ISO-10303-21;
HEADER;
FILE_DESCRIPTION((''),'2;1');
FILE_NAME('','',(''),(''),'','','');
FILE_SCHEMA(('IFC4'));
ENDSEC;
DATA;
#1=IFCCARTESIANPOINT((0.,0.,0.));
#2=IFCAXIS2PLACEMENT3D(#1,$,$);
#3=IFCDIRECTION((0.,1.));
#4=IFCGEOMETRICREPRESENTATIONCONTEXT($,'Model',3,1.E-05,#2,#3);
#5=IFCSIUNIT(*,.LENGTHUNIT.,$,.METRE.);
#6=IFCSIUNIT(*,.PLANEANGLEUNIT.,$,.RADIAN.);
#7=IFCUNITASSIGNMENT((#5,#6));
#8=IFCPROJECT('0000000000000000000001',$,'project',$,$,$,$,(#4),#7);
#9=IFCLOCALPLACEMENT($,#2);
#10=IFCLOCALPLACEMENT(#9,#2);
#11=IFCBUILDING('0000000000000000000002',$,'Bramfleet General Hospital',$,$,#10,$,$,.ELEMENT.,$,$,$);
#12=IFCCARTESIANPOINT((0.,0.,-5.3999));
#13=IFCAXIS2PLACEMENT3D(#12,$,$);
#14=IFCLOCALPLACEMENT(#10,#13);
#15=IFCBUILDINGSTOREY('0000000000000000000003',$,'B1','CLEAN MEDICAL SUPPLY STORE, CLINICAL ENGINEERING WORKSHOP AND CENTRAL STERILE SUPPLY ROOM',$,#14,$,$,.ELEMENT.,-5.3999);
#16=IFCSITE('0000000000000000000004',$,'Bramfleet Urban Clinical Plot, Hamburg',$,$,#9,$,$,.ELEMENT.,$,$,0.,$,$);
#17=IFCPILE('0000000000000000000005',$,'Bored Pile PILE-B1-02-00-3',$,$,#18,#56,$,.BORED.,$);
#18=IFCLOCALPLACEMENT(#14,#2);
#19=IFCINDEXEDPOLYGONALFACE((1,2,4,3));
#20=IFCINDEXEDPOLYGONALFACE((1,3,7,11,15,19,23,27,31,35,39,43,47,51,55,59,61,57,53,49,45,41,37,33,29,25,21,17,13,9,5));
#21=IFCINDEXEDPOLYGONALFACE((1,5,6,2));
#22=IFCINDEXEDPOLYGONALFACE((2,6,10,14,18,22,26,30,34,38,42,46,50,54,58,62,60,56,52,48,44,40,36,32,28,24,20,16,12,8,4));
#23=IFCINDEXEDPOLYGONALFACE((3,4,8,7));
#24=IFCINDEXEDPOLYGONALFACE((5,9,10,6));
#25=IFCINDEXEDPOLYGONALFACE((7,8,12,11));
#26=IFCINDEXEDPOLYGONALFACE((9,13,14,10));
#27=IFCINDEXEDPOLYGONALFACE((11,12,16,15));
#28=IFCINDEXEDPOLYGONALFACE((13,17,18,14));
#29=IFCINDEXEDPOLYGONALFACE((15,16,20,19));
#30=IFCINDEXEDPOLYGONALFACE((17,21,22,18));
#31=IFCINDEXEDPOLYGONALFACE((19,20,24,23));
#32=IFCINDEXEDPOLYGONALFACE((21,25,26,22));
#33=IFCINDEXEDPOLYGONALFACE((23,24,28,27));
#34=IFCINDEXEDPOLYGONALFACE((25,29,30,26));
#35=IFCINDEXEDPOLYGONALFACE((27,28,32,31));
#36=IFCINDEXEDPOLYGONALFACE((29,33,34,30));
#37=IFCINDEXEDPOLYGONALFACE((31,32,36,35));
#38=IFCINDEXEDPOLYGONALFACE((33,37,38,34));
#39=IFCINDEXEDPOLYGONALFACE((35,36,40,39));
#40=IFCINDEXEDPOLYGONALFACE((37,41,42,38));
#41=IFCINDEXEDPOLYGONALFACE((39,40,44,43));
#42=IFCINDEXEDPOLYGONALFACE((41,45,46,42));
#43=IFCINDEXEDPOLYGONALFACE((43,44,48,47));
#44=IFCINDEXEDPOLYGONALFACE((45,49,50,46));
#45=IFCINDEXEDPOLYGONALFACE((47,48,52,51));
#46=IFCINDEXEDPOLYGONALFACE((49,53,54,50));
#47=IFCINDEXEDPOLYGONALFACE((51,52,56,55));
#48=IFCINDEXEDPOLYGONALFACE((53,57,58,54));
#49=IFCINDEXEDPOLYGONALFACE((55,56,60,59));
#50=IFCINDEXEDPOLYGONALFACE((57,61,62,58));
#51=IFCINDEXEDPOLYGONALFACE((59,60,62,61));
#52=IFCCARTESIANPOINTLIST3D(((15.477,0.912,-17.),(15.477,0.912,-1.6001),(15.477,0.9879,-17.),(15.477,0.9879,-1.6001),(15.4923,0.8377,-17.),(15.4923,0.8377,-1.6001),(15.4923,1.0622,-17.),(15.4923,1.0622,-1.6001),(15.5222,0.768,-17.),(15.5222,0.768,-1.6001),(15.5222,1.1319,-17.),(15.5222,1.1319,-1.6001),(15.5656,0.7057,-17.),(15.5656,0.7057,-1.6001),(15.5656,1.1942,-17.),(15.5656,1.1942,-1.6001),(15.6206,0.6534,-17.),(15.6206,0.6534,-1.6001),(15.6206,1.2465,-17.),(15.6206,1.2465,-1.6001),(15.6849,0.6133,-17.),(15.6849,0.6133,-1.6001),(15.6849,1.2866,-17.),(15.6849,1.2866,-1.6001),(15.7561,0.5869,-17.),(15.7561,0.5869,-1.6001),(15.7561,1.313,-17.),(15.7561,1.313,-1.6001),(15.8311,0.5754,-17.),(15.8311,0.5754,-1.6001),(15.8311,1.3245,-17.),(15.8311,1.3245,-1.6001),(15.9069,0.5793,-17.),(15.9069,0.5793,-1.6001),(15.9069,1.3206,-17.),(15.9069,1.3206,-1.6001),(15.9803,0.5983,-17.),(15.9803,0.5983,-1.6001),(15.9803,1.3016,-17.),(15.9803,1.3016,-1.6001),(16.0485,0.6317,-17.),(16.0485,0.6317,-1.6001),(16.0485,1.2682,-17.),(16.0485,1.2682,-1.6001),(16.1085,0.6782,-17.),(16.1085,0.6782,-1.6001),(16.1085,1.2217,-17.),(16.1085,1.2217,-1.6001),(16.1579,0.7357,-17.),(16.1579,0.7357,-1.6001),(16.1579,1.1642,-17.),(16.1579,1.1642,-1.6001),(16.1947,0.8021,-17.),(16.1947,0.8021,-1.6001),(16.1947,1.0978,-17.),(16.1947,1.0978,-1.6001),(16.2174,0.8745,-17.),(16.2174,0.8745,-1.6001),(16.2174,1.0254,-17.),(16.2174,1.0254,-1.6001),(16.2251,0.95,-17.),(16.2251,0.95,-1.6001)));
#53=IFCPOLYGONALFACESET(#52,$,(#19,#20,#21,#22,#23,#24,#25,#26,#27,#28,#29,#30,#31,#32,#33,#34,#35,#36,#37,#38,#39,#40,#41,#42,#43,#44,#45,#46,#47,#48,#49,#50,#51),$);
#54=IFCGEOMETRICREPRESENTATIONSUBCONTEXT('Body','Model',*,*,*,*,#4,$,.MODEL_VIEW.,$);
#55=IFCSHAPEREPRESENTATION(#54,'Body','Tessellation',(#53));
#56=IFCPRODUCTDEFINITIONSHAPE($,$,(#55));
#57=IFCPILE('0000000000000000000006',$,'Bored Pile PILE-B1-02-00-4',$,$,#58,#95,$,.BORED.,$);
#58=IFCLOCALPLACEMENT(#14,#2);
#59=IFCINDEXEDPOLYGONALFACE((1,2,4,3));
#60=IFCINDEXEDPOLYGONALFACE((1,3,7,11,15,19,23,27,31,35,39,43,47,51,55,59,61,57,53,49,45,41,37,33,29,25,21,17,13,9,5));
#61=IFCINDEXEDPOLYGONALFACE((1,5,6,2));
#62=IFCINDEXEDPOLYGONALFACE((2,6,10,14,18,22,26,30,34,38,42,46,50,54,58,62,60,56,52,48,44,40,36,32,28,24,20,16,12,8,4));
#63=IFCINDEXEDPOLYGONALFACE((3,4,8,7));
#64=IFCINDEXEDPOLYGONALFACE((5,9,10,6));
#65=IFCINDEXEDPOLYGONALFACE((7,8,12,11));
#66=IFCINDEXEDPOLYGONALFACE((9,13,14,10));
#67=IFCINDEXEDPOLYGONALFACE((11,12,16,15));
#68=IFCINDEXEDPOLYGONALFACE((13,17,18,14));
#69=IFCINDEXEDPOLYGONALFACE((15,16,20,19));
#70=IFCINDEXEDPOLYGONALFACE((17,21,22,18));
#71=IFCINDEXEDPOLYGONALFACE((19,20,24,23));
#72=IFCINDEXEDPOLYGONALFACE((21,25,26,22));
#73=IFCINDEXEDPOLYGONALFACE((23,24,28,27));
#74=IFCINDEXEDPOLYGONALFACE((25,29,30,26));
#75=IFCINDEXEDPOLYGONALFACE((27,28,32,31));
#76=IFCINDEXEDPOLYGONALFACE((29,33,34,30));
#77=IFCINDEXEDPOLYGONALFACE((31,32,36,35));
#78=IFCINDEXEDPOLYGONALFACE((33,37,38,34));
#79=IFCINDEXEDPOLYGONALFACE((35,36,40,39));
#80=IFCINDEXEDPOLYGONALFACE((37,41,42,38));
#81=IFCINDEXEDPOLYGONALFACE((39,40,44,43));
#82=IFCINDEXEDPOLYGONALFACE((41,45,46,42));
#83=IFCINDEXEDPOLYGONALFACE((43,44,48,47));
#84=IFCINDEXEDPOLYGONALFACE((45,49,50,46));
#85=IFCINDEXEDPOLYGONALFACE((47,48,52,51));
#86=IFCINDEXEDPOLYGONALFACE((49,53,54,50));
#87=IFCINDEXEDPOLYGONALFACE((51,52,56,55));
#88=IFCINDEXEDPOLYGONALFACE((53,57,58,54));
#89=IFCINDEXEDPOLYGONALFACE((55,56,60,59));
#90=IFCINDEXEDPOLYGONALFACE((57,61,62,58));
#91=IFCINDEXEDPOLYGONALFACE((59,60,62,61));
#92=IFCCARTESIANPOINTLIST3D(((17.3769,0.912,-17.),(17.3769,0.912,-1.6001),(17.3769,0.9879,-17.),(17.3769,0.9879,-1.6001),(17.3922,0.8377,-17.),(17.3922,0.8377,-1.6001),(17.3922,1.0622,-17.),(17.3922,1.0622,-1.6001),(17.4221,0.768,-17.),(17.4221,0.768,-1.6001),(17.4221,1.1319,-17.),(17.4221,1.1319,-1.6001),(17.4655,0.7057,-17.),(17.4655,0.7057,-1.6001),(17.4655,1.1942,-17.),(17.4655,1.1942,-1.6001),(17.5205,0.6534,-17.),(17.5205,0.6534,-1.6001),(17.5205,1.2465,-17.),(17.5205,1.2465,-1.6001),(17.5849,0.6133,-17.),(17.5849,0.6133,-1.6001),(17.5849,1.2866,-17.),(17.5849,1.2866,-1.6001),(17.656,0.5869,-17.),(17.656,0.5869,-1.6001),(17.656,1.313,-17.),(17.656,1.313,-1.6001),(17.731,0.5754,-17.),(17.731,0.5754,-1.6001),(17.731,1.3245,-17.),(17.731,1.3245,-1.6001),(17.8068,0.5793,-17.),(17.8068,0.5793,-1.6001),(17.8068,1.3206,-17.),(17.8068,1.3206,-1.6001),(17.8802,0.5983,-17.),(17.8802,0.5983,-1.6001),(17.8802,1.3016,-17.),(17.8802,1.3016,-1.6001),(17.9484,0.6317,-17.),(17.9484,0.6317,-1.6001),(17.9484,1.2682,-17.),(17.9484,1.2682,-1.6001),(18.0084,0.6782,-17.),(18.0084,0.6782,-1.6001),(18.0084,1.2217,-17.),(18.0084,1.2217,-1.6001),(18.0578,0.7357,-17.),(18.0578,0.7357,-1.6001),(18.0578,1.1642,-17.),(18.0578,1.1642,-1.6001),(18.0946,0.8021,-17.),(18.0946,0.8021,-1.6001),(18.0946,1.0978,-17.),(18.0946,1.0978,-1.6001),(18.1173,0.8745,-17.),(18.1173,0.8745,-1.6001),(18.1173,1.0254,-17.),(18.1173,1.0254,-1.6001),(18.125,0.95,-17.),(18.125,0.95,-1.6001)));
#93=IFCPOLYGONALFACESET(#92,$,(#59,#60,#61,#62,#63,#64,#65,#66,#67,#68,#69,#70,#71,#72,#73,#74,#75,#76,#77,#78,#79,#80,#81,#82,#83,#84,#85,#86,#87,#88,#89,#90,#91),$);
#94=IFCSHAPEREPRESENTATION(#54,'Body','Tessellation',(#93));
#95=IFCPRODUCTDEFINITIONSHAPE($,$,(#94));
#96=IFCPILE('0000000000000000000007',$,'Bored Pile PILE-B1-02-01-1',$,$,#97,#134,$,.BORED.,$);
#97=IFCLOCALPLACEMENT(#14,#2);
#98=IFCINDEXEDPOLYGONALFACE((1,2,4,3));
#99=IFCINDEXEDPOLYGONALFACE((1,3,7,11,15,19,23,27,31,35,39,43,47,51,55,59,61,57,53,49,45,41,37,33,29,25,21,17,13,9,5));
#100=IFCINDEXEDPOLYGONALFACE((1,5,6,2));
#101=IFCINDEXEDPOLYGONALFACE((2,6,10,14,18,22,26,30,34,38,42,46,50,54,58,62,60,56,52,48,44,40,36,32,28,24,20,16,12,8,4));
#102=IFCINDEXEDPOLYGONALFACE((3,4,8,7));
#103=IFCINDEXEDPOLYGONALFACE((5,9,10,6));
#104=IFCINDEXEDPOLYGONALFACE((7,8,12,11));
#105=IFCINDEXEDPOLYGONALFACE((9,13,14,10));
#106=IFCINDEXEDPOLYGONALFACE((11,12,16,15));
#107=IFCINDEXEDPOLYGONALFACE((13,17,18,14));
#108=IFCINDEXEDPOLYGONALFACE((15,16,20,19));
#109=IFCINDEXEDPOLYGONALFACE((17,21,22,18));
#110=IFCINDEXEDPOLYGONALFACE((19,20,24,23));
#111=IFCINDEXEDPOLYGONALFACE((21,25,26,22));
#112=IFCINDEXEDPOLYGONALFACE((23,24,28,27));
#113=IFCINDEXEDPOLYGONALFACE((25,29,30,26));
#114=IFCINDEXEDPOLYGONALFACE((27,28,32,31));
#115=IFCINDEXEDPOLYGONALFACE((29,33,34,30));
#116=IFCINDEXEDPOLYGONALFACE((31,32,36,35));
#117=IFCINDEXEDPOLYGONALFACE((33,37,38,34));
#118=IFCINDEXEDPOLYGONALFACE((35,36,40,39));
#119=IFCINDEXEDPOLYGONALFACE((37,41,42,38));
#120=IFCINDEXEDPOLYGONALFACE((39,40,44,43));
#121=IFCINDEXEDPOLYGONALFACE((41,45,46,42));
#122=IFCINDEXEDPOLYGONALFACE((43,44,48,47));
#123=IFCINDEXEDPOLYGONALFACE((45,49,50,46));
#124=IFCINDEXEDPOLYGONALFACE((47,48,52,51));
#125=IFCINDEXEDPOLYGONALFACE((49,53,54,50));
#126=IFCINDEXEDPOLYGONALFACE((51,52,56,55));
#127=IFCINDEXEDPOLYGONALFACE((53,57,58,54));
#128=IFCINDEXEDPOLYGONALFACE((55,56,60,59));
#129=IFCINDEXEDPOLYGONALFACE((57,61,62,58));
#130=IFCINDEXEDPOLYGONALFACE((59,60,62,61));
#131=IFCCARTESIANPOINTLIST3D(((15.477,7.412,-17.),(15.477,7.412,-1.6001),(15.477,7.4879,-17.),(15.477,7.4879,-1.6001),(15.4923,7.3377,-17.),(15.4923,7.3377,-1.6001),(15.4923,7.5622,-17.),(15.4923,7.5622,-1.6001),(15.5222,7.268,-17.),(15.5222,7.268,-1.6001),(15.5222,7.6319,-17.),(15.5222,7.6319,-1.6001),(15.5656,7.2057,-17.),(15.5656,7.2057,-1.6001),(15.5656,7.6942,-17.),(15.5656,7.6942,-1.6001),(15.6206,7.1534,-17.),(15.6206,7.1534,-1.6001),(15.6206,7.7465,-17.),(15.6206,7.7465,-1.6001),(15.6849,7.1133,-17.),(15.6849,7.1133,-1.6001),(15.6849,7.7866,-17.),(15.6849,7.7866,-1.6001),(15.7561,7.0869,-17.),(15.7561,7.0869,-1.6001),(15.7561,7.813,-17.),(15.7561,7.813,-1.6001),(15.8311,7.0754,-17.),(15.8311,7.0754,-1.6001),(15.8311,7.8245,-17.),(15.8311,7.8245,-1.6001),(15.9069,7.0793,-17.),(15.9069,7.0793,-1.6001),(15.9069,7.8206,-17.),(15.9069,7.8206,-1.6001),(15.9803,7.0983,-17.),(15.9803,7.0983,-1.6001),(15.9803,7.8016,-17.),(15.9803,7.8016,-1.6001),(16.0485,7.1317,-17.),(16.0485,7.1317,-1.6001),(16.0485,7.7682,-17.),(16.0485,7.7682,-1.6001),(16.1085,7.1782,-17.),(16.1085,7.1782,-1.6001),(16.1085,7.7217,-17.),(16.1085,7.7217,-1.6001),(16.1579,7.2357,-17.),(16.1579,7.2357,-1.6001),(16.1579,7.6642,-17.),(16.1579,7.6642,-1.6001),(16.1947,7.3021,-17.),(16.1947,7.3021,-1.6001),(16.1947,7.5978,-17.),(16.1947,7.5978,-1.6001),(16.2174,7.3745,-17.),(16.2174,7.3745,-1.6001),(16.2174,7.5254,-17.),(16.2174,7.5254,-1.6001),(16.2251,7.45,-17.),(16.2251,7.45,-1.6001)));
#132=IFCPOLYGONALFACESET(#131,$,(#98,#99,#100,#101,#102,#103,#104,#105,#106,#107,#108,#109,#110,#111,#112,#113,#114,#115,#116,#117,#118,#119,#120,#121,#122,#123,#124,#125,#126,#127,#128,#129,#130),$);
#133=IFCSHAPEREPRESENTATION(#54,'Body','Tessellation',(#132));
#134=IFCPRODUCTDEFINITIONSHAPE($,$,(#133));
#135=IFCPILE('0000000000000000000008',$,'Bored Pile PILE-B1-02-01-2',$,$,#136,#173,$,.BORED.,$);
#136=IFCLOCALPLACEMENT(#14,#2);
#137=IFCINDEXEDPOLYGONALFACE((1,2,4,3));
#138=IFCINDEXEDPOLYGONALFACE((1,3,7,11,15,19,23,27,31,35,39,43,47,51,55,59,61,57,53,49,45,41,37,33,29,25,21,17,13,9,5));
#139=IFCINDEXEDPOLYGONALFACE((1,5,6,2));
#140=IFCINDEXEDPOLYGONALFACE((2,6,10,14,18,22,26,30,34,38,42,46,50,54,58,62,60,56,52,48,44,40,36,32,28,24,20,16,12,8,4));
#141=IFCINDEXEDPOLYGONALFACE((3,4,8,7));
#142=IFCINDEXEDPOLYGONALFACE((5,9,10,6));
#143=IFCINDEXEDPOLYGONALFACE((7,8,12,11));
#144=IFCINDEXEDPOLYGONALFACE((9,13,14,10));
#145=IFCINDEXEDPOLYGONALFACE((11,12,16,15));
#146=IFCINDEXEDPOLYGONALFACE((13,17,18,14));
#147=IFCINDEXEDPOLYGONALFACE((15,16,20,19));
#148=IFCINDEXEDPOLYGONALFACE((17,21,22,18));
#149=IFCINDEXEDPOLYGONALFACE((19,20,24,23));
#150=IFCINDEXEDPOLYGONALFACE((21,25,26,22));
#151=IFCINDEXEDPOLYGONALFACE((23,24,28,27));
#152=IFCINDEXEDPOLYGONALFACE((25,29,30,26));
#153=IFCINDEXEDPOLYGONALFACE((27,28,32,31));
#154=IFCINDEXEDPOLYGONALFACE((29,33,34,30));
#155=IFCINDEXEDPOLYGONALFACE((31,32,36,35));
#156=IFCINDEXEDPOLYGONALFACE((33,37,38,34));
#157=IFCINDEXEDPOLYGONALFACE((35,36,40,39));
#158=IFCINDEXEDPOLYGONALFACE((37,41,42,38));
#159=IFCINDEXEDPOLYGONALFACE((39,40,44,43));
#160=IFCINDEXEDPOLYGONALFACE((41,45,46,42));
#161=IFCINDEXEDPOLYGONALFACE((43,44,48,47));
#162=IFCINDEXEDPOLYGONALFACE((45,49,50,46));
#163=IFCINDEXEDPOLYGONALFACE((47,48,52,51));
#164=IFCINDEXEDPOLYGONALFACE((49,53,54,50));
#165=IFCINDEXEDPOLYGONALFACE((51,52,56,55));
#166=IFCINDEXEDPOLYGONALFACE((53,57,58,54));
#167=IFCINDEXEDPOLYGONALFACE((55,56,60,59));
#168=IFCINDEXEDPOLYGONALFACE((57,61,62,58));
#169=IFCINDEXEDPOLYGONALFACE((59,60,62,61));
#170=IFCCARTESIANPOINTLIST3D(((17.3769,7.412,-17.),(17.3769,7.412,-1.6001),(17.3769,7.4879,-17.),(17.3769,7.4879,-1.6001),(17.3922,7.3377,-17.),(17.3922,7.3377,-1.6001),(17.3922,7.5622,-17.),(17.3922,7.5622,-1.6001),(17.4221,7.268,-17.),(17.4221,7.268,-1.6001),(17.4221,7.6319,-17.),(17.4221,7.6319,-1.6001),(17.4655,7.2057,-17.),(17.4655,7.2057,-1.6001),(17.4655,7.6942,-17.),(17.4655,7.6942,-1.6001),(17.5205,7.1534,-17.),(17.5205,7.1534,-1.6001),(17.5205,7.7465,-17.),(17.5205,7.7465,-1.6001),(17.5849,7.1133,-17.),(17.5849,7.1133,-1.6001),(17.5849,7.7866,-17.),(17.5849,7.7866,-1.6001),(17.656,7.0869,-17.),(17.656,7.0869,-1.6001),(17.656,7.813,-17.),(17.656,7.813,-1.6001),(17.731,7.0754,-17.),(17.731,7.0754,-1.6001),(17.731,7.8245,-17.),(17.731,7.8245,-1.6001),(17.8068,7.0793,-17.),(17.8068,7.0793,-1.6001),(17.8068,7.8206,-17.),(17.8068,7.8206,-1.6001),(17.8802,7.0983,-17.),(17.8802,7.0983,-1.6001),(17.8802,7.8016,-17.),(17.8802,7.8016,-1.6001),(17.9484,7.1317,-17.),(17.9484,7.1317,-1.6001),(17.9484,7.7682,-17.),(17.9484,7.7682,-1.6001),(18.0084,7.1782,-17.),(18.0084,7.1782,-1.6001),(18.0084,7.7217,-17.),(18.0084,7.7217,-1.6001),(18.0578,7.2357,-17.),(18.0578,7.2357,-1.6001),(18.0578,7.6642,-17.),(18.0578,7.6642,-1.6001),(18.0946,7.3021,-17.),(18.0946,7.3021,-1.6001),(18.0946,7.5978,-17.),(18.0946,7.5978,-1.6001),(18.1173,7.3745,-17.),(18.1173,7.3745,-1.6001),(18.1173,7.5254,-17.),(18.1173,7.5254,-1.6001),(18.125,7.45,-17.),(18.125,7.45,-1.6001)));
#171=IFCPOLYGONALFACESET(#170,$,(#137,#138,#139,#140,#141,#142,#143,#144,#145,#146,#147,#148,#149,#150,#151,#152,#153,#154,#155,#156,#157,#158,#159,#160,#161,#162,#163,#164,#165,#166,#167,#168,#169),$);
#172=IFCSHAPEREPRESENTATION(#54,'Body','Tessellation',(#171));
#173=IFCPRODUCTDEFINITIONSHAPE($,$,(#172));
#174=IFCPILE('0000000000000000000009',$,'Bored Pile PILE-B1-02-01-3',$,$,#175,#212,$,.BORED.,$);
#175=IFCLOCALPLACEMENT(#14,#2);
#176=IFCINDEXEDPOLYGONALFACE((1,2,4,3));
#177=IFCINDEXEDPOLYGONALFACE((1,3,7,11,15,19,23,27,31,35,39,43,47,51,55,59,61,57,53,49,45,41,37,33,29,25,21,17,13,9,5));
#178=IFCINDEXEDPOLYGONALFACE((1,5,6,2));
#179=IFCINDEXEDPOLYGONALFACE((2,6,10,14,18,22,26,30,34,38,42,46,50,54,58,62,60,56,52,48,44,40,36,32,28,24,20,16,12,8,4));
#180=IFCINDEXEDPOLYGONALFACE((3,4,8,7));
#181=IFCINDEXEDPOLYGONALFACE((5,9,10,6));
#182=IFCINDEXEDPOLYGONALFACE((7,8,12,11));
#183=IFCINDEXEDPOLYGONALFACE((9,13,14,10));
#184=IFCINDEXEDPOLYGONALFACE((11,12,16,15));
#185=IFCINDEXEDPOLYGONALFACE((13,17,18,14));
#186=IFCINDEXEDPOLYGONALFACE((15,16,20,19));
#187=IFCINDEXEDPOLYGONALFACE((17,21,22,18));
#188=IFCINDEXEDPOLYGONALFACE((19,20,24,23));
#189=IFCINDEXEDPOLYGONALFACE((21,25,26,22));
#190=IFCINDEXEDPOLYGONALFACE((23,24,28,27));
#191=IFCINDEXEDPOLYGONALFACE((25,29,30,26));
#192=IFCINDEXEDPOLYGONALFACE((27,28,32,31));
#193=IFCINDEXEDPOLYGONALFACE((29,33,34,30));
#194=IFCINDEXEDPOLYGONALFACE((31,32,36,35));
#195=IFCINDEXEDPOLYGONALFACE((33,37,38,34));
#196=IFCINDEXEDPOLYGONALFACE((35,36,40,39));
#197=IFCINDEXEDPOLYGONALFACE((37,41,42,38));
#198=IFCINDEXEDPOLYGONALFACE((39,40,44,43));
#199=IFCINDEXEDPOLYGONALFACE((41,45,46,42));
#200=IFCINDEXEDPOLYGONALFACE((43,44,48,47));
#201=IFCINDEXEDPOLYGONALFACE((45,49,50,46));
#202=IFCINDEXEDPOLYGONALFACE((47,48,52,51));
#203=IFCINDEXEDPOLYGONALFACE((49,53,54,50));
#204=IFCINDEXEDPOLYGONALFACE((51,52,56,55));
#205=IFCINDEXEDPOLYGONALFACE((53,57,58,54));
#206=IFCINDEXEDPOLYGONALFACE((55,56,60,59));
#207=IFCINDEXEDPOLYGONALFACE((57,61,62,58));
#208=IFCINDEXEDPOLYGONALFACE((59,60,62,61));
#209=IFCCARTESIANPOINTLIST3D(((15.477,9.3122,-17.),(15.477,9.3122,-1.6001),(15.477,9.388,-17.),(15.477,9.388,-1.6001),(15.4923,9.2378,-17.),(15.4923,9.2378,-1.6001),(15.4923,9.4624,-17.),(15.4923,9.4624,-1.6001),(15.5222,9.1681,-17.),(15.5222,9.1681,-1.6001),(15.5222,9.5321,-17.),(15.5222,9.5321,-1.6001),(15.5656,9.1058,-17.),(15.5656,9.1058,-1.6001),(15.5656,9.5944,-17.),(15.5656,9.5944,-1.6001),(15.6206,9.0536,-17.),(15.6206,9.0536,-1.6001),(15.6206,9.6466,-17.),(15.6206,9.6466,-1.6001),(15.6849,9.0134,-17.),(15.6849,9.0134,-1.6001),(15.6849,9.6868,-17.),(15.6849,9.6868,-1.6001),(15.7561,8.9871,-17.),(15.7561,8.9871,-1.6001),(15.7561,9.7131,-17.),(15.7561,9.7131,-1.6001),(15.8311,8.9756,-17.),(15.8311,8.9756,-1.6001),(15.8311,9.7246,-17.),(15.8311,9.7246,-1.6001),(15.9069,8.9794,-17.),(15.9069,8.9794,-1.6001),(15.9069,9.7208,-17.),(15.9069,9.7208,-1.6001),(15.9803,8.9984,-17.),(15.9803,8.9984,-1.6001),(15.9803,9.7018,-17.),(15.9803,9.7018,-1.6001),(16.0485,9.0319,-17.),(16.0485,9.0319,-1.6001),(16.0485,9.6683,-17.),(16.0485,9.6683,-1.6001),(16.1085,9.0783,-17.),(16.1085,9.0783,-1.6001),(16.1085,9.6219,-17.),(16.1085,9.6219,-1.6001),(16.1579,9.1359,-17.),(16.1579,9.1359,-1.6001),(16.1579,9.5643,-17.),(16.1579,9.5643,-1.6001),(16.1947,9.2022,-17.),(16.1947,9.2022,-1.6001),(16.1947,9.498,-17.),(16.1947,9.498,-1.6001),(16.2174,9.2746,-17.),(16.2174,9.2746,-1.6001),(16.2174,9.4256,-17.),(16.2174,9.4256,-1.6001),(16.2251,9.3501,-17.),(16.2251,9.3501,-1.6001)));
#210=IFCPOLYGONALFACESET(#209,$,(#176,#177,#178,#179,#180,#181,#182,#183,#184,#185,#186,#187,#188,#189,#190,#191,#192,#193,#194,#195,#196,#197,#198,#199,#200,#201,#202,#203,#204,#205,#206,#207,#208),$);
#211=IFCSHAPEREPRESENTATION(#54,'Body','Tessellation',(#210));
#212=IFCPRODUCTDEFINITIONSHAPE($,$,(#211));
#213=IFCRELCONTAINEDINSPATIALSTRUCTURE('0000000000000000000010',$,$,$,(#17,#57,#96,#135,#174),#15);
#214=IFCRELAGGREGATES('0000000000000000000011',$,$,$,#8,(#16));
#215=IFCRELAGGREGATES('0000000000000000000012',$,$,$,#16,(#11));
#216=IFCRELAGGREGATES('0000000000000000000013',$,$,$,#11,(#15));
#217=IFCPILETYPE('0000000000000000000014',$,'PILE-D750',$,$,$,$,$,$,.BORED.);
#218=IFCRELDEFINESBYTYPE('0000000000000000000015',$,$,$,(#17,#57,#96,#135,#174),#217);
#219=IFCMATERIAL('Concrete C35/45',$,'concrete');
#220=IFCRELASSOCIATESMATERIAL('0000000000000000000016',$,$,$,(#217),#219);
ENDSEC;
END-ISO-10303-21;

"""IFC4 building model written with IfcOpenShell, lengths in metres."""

from ifc_helpers import new_model, si_unit, direction, frame, origin, origin_2d, place, context, subcontext, project, spatial, circle, extrude, material, material_profile, profile_set, type_object, element, save


model = new_model("IFC4")

# Units and contexts
model_context = context("Model", 3, precision=1e-05, world=origin(), true_north=direction((0.0, 1.0)))
body_context = subcontext(model_context, "Body", "Model", "MODEL_VIEW")
ifc_project = project(units=[si_unit("LENGTHUNIT", "METRE"), si_unit("PLANEANGLEUNIT", "RADIAN")], contexts=[model_context])

# Site, building, storey
site_placement = place(None, origin())
site = spatial("IfcSite", under=ifc_project, at=site_placement, Name="Bramfleet Urban Clinical Plot, Hamburg", CompositionType="ELEMENT", RefElevation=0.0)
building_placement = place(site_placement, origin())
building = spatial("IfcBuilding", under=site, at=building_placement, Name="Bramfleet General Hospital", CompositionType="ELEMENT")
storey_placement = place(building_placement, frame((0.0, 0.0, -5.3999)))
storey = spatial("IfcBuildingStorey", under=building, at=storey_placement, Name="B1", Description="CLEAN MEDICAL SUPPLY STORE, CLINICAL ENGINEERING WORKSHOP AND CENTRAL STERILE SUPPLY ROOM", CompositionType="ELEMENT", Elevation=-5.3999)

# Shared definitions
ifc_material_1 = material(Name="Concrete C35/45", Category="concrete")

# Piles
ifc_material_profile_1 = material_profile(ifc_material_1, circle(Radius=0.375, at=origin_2d()), Name="PILE BORED D750")
ifc_profile_set_1 = profile_set([ifc_material_profile_1], Name="Concrete C35/45")
pile_type = type_object("IfcPileType", Name="PILE-D750", PredefinedType="BORED", material=ifc_profile_set_1)
for number, where, z_axis, x_axis, name in (
    (1, (15.8501, 0.95, -1.6001), (0.0, 0.0, -1.0), (1.0, 0.0, 0.0), "Bored Pile PILE-B1-02-00-3"),
    (2, (17.75, 0.95, -1.6001), (0.0, 0.0, -1.0), (1.0, 0.0, 0.0), "Bored Pile PILE-B1-02-00-4"),
    (3, (15.8501, 7.45, -1.6001), (0.0, 0.0, -1.0), (1.0, 0.0, 0.0), "Bored Pile PILE-B1-02-01-1"),
    (4, (17.75, 7.45, -1.6001), (0.0, 0.0, -1.0), (1.0, 0.0, 0.0), "Bored Pile PILE-B1-02-01-2"),
    (5, (15.8501, 9.3501, -1.6001), (0.0, 0.0, -1.0), (1.0, 0.0, 0.0), "Bored Pile PILE-B1-02-01-3"),
):
    element("IfcPile", number, at=place(storey_placement, frame(where, z_axis=z_axis, x_axis=x_axis)), inside=storey, type_object=pile_type, Name=name, PredefinedType="BORED", context=body_context, shape_type="SweptSolid", body=[
        extrude(circle(Radius=0.375, at=origin_2d()), origin(), (0.0, 0.0, 1.0), 15.3999),
    ])

save(model, "model.ifc")
